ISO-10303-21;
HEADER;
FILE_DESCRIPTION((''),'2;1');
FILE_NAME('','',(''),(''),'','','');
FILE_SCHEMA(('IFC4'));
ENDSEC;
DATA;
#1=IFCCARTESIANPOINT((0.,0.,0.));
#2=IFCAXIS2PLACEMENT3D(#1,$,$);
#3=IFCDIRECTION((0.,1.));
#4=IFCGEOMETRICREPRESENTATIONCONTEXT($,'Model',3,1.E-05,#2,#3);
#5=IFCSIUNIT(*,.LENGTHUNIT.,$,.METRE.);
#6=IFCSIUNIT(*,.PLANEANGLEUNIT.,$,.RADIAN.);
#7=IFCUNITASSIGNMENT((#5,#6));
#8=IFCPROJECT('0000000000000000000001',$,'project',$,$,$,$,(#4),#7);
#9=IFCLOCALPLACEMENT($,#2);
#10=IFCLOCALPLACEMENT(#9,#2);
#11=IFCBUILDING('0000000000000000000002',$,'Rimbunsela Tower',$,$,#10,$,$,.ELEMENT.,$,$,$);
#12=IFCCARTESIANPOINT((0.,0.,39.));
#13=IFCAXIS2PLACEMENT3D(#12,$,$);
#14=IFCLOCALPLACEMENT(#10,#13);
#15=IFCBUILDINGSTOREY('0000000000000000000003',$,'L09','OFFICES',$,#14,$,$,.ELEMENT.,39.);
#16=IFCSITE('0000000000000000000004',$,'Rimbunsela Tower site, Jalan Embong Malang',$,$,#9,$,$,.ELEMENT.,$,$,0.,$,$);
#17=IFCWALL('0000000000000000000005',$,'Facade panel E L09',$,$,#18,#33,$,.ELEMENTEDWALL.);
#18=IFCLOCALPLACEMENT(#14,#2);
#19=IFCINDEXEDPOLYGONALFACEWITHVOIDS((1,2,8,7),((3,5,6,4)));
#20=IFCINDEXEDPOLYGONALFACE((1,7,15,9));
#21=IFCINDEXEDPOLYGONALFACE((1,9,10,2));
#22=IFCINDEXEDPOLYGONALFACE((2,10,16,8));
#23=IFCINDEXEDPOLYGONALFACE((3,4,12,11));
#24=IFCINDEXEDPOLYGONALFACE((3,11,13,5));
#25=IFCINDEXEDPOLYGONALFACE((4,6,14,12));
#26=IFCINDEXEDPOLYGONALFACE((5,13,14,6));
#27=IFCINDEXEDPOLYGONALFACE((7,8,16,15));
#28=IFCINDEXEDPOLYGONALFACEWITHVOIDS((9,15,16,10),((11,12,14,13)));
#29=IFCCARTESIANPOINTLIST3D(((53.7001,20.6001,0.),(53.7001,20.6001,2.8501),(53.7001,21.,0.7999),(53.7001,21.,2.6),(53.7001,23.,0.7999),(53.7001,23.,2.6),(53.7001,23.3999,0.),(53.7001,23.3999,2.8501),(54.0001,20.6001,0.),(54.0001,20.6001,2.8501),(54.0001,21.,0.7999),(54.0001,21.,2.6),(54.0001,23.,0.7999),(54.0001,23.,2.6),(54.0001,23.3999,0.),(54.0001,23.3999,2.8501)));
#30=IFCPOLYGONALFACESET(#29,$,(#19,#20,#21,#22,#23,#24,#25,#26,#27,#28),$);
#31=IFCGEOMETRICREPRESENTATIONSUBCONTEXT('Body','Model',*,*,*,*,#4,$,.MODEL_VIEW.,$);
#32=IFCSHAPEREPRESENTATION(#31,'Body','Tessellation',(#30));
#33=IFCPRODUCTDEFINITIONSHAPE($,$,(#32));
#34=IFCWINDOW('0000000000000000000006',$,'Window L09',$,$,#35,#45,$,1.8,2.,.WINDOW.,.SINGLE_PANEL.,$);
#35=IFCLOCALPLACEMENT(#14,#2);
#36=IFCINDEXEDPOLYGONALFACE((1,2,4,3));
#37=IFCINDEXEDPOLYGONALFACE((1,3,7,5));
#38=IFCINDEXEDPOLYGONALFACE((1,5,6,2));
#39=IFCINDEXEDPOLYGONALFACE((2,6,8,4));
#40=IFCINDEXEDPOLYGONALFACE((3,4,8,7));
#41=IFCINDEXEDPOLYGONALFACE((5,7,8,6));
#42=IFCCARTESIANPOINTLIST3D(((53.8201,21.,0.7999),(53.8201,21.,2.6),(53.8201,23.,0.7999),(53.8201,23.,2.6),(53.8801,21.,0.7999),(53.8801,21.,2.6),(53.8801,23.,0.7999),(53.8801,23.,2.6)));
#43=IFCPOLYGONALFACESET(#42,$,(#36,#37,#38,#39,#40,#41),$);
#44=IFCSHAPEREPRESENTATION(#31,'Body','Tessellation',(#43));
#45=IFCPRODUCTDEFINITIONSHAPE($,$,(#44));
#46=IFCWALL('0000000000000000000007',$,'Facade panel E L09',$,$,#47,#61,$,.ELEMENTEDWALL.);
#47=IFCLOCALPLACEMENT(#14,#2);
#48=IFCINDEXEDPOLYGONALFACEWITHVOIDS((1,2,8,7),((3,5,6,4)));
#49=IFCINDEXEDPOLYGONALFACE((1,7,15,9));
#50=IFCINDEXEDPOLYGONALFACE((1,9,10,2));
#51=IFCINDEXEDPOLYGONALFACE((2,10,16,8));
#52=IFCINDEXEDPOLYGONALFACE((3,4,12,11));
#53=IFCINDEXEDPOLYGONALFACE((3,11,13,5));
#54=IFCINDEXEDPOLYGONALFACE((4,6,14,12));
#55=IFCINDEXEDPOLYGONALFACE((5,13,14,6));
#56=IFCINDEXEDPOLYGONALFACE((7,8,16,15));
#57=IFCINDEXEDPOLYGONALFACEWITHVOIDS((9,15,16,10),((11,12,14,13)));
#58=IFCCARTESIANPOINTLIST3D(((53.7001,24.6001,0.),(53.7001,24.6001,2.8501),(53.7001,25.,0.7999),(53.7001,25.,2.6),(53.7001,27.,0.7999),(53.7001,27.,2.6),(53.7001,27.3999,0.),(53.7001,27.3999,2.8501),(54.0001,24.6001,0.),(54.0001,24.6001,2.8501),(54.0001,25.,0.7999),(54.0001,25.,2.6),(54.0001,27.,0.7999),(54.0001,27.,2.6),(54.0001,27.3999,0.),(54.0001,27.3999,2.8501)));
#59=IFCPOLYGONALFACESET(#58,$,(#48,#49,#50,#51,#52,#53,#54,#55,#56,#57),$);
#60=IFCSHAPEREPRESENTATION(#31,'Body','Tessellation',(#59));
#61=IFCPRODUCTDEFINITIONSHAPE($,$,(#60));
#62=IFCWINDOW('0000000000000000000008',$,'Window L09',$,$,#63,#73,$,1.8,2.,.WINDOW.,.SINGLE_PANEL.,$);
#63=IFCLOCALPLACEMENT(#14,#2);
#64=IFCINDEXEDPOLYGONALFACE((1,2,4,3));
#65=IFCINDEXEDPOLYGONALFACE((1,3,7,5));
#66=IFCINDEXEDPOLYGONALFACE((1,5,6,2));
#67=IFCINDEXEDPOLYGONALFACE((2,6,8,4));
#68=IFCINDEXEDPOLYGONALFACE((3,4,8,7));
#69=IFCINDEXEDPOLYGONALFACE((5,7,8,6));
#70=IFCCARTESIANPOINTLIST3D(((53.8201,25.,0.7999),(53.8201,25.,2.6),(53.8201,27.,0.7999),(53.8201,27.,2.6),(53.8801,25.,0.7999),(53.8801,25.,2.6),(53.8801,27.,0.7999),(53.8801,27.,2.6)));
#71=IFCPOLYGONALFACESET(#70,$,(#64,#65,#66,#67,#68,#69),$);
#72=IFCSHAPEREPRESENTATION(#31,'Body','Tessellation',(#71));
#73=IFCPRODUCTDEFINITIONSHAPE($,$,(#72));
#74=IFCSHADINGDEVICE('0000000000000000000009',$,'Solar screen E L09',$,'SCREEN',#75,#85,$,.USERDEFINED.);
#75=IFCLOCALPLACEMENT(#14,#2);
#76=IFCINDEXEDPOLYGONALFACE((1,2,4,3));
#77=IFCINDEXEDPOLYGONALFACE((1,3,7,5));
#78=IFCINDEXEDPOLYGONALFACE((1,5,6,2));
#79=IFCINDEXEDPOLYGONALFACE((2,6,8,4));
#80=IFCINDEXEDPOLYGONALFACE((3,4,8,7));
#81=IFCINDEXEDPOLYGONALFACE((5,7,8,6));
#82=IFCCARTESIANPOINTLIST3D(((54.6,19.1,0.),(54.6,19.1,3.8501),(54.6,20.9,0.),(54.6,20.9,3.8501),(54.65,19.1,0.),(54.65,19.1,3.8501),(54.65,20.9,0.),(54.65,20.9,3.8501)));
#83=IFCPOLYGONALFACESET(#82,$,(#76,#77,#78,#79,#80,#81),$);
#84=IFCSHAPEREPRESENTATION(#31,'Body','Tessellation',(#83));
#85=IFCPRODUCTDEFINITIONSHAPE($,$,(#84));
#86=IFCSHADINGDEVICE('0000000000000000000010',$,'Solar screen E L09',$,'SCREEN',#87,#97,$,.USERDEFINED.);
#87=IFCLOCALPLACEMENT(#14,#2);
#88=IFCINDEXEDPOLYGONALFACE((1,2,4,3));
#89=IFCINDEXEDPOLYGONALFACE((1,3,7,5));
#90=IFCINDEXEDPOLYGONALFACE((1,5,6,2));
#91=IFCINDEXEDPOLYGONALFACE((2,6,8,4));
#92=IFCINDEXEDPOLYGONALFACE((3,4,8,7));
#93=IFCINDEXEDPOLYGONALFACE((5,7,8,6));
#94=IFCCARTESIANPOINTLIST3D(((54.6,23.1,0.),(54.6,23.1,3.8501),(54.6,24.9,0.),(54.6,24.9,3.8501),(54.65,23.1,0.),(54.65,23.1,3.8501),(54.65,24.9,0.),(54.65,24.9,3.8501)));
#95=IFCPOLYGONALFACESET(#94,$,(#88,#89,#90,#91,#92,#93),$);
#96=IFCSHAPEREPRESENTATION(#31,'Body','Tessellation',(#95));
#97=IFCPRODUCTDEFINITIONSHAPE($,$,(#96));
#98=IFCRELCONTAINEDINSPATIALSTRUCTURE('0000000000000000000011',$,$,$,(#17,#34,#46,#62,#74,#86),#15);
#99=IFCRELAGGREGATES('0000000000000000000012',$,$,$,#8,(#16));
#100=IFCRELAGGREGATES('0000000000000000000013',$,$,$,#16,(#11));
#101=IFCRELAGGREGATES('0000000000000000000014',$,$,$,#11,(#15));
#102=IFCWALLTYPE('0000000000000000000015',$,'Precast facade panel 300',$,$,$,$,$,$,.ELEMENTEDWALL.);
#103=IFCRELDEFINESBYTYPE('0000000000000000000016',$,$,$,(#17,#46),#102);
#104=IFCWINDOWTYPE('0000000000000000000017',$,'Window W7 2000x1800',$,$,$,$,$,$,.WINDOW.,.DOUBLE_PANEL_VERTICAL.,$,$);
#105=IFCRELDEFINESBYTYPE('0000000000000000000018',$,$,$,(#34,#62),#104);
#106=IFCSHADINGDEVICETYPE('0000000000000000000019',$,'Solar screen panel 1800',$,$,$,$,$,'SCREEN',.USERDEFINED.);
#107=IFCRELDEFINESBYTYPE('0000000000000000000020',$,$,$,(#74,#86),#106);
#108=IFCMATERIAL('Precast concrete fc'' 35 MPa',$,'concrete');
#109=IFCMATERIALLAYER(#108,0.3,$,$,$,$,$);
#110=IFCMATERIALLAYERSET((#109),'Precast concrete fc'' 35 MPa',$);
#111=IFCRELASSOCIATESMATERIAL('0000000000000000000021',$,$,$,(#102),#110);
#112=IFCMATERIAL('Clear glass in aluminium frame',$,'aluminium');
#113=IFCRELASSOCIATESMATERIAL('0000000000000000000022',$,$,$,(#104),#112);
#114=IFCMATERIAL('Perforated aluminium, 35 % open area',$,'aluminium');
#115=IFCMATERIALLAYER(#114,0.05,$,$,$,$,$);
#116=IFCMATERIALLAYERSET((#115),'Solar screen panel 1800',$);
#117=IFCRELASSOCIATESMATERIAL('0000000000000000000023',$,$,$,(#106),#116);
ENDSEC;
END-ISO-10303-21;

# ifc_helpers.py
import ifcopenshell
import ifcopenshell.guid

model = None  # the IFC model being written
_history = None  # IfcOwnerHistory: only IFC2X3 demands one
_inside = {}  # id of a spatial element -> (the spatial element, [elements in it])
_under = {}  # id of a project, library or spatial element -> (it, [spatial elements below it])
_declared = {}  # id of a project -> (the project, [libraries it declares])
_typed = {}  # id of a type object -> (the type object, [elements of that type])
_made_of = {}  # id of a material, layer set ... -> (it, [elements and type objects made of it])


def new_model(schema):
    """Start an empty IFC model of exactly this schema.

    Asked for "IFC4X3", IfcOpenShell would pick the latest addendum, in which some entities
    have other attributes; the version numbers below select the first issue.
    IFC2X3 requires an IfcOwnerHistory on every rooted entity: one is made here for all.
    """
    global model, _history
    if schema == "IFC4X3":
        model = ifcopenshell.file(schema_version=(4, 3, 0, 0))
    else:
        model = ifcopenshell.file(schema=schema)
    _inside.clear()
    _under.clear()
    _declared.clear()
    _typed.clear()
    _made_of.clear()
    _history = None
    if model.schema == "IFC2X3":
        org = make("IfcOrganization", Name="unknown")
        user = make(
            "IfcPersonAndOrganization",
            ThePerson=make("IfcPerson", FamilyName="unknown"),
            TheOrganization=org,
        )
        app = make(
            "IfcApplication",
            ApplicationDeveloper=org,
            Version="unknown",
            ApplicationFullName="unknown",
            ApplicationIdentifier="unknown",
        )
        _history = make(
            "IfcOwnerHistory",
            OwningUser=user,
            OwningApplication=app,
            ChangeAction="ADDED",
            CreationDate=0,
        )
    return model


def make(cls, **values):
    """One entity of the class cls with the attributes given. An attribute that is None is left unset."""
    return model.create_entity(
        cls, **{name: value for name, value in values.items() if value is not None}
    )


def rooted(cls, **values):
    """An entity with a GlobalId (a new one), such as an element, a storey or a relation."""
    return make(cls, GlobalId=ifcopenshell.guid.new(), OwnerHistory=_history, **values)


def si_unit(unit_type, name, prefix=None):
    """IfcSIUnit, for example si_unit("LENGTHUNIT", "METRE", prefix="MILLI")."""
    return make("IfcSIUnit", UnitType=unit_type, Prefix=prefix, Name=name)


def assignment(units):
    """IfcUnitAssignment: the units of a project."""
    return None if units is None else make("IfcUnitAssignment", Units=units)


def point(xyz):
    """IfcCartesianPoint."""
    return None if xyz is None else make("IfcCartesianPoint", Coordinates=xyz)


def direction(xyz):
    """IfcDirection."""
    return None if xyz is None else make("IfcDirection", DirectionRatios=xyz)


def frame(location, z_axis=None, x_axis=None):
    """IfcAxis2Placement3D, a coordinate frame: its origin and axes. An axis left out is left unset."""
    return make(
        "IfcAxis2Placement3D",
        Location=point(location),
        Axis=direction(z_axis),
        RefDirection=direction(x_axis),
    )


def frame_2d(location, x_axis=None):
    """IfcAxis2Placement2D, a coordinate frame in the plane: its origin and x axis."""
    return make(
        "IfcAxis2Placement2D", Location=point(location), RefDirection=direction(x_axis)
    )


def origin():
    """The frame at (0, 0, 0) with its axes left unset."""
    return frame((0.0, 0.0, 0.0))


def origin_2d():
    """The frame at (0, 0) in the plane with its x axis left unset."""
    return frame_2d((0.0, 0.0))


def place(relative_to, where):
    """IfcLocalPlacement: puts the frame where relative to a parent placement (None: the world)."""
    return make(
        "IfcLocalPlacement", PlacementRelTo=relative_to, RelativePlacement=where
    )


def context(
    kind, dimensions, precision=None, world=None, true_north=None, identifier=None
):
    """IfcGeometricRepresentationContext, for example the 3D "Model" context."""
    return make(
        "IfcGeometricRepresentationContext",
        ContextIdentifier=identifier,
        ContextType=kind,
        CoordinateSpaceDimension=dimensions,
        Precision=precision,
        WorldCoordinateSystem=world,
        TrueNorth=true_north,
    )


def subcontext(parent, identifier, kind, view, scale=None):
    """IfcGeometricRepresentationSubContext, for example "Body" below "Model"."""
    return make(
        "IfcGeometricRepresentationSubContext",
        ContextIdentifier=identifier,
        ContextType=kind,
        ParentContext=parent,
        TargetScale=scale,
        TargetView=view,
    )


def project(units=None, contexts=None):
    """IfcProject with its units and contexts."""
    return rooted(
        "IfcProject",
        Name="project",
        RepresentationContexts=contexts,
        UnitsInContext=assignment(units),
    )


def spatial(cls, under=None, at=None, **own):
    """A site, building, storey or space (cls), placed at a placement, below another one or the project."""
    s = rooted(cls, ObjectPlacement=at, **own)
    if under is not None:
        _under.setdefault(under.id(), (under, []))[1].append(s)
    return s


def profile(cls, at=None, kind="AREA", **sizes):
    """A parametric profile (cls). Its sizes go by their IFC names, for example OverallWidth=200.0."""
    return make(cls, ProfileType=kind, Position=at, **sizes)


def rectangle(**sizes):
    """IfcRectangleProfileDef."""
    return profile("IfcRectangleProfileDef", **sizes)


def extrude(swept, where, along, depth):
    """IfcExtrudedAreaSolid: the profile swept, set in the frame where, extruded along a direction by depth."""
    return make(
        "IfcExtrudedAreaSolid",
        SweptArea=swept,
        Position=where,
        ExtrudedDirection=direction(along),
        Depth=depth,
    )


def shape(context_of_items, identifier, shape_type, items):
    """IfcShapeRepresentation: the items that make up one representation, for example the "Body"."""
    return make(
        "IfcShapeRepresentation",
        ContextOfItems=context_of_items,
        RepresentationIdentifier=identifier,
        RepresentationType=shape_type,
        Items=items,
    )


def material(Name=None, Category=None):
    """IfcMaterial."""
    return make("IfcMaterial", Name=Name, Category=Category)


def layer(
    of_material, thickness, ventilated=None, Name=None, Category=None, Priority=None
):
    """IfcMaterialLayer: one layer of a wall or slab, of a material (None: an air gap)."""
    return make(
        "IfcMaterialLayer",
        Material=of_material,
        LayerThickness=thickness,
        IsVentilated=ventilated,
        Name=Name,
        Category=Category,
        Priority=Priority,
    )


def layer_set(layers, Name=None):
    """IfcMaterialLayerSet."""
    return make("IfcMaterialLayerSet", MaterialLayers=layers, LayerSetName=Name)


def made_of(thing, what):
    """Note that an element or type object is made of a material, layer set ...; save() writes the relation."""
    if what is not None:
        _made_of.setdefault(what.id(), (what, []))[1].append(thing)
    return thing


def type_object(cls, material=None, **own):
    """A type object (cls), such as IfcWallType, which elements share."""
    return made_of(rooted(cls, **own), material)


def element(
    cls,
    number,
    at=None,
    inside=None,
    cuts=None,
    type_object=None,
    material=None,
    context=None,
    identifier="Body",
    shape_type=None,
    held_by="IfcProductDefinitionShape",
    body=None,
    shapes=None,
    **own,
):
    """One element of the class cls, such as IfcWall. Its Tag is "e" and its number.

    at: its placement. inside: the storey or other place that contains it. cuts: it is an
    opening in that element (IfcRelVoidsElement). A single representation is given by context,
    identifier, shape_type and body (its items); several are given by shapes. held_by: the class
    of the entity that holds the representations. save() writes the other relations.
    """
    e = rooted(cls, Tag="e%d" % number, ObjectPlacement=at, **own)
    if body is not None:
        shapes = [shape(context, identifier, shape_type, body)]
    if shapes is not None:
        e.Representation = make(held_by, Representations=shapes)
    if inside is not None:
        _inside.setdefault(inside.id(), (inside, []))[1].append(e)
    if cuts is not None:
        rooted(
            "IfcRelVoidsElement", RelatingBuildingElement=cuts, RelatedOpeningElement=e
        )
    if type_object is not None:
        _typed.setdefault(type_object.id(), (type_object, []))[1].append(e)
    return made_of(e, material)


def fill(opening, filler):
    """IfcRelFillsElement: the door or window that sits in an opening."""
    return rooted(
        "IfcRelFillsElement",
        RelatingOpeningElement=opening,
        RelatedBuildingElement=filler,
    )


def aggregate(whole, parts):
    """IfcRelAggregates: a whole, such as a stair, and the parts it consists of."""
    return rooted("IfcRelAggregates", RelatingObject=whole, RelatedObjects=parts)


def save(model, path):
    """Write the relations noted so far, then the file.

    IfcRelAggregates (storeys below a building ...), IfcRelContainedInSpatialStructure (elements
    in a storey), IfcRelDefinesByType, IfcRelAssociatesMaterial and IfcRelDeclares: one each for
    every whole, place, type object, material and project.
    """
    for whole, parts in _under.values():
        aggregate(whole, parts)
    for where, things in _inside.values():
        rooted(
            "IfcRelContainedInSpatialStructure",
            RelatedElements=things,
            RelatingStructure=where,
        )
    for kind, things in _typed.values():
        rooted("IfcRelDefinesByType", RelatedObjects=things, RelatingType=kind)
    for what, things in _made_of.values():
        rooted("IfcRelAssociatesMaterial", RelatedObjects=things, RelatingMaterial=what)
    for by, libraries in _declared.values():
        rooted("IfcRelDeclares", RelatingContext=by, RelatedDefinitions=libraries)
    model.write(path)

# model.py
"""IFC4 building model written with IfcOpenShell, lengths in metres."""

from ifc_helpers import new_model, si_unit, direction, frame, frame_2d, origin, origin_2d, place, context, subcontext, project, spatial, rectangle, extrude, material, layer, layer_set, type_object, element, fill, save


model = new_model("IFC4")

# Units and contexts
model_context = context("Model", 3, precision=1e-05, world=origin(), true_north=direction((0.0, 1.0)))
body_context = subcontext(model_context, "Body", "Model", "MODEL_VIEW")
ifc_project = project(units=[si_unit("LENGTHUNIT", "METRE"), si_unit("PLANEANGLEUNIT", "RADIAN")], contexts=[model_context])

# Site, building, storey
site_placement = place(None, origin())
site = spatial("IfcSite", under=ifc_project, at=site_placement, Name="Rimbunsela Tower site, Jalan Embong Malang", CompositionType="ELEMENT", RefElevation=0.0)
building_placement = place(site_placement, origin())
building = spatial("IfcBuilding", under=site, at=building_placement, Name="Rimbunsela Tower", CompositionType="ELEMENT")
storey_placement = place(building_placement, frame((0.0, 0.0, 39.0)))
storey = spatial("IfcBuildingStorey", under=building, at=storey_placement, Name="L09", Description="OFFICES", CompositionType="ELEMENT", Elevation=39.0)

# Walls, openings, windows
ifc_material_1 = material(Name="Precast concrete fc' 35 MPa", Category="concrete")
ifc_layer_1 = layer(ifc_material_1, 0.3)
ifc_layer_set_1 = layer_set([ifc_layer_1], Name="Precast concrete fc' 35 MPa")
wall_type_1 = type_object("IfcWallType", Name="Precast facade panel 300", PredefinedType="ELEMENTEDWALL", material=ifc_layer_set_1)
wall_1_placement = place(storey_placement, frame((53.8501, 20.6001, 0.0), z_axis=(0.0, 0.0, 1.0), x_axis=(0.0, 1.0, 0.0)))
wall_1 = element("IfcWall", 1, at=wall_1_placement, inside=storey, type_object=wall_type_1, Name="Facade panel E L09", PredefinedType="ELEMENTEDWALL", context=body_context, shape_type="SweptSolid", body=[
    extrude(rectangle(XDim=2.7998, YDim=0.3, at=frame_2d((1.3999, 0.0))), origin(), (0.0, 0.0, 1.0), 2.8501),
])
opening_1_placement = place(wall_1_placement, frame((0.3999, 0.0, 0.8)))
opening_1 = element("IfcOpeningElement", 2, at=opening_1_placement, cuts=wall_1, PredefinedType="OPENING", context=body_context, shape_type="SweptSolid", body=[
    extrude(rectangle(XDim=2.0, YDim=1.8, at=frame_2d((1.0, 0.8999))), frame((0.0, 0.1599, 0.0), z_axis=(0.0, -1.0, 0.0), x_axis=(1.0, 0.0, 0.0)), (0.0, 0.0, 1.0), 0.3201),
])
ifc_material_2 = material(Name="Clear glass in aluminium frame", Category="aluminium")
window_type = type_object("IfcWindowType", Name="Window W7 2000x1800", PartitioningType="DOUBLE_PANEL_VERTICAL", PredefinedType="WINDOW", material=ifc_material_2)
window_1_placement = place(opening_1_placement, origin())
window_1 = element("IfcWindow", 3, at=window_1_placement, inside=storey, type_object=window_type, Name="Window L09", OverallHeight=1.8, OverallWidth=2.0, PartitioningType="SINGLE_PANEL", PredefinedType="WINDOW", context=body_context, shape_type="SweptSolid", body=[
    extrude(rectangle(XDim=2.0, YDim=1.8, at=frame_2d((1.0, 0.8999))), frame((0.0, 0.03, 0.0), z_axis=(0.0, -1.0, 0.0), x_axis=(1.0, 0.0, 0.0)), (0.0, 0.0, 1.0), 0.0601),
])
fill(opening_1, window_1)
wall_2_placement = place(storey_placement, frame((53.8501, 24.6001, 0.0), z_axis=(0.0, 0.0, 1.0), x_axis=(0.0, 1.0, 0.0)))
wall_2 = element("IfcWall", 4, at=wall_2_placement, inside=storey, type_object=wall_type_1, Name="Facade panel E L09", PredefinedType="ELEMENTEDWALL", context=body_context, shape_type="SweptSolid", body=[
    extrude(rectangle(XDim=2.7998, YDim=0.3, at=frame_2d((1.3999, 0.0))), origin(), (0.0, 0.0, 1.0), 2.8501),
])
opening_2_placement = place(wall_2_placement, frame((0.3999, 0.0, 0.8)))
opening_2 = element("IfcOpeningElement", 5, at=opening_2_placement, cuts=wall_2, PredefinedType="OPENING", context=body_context, shape_type="SweptSolid", body=[
    extrude(rectangle(XDim=2.0, YDim=1.8, at=frame_2d((1.0, 0.8999))), frame((0.0, 0.1599, 0.0), z_axis=(0.0, -1.0, 0.0), x_axis=(1.0, 0.0, 0.0)), (0.0, 0.0, 1.0), 0.3201),
])
window_2_placement = place(opening_2_placement, origin())
window_2 = element("IfcWindow", 6, at=window_2_placement, inside=storey, type_object=window_type, Name="Window L09", OverallHeight=1.8, OverallWidth=2.0, PartitioningType="SINGLE_PANEL", PredefinedType="WINDOW", context=body_context, shape_type="SweptSolid", body=[
    extrude(rectangle(XDim=2.0, YDim=1.8, at=frame_2d((1.0, 0.8999))), frame((0.0, 0.03, 0.0), z_axis=(0.0, -1.0, 0.0), x_axis=(1.0, 0.0, 0.0)), (0.0, 0.0, 1.0), 0.0601),
])
fill(opening_2, window_2)

# Shading devices
ifc_material_3 = material(Name="Perforated aluminium, 35 % open area", Category="aluminium")
ifc_layer_2 = layer(ifc_material_3, 0.05)
ifc_layer_set_2 = layer_set([ifc_layer_2], Name="Solar screen panel 1800")
shading_device_type = type_object("IfcShadingDeviceType", Name="Solar screen panel 1800", ElementType="SCREEN", PredefinedType="USERDEFINED", material=ifc_layer_set_2)
for number, where, z_axis, x_axis, name in (
    (7, (54.625, 20.0, 0.0), (0.0, 0.0, 1.0), (0.0, 1.0, 0.0), "Solar screen E L09"),
    (8, (54.625, 24.0, 0.0), (0.0, 0.0, 1.0), (0.0, 1.0, 0.0), "Solar screen E L09"),
):
    element("IfcShadingDevice", number, at=place(storey_placement, frame(where, z_axis=z_axis, x_axis=x_axis)), inside=storey, type_object=shading_device_type, Name=name, ObjectType="SCREEN", PredefinedType="USERDEFINED", context=body_context, shape_type="SweptSolid", body=[
        extrude(rectangle(XDim=1.8, YDim=0.05, at=origin_2d()), origin(), (0.0, 0.0, 1.0), 3.8501),
    ])

save(model, "model.ifc")
